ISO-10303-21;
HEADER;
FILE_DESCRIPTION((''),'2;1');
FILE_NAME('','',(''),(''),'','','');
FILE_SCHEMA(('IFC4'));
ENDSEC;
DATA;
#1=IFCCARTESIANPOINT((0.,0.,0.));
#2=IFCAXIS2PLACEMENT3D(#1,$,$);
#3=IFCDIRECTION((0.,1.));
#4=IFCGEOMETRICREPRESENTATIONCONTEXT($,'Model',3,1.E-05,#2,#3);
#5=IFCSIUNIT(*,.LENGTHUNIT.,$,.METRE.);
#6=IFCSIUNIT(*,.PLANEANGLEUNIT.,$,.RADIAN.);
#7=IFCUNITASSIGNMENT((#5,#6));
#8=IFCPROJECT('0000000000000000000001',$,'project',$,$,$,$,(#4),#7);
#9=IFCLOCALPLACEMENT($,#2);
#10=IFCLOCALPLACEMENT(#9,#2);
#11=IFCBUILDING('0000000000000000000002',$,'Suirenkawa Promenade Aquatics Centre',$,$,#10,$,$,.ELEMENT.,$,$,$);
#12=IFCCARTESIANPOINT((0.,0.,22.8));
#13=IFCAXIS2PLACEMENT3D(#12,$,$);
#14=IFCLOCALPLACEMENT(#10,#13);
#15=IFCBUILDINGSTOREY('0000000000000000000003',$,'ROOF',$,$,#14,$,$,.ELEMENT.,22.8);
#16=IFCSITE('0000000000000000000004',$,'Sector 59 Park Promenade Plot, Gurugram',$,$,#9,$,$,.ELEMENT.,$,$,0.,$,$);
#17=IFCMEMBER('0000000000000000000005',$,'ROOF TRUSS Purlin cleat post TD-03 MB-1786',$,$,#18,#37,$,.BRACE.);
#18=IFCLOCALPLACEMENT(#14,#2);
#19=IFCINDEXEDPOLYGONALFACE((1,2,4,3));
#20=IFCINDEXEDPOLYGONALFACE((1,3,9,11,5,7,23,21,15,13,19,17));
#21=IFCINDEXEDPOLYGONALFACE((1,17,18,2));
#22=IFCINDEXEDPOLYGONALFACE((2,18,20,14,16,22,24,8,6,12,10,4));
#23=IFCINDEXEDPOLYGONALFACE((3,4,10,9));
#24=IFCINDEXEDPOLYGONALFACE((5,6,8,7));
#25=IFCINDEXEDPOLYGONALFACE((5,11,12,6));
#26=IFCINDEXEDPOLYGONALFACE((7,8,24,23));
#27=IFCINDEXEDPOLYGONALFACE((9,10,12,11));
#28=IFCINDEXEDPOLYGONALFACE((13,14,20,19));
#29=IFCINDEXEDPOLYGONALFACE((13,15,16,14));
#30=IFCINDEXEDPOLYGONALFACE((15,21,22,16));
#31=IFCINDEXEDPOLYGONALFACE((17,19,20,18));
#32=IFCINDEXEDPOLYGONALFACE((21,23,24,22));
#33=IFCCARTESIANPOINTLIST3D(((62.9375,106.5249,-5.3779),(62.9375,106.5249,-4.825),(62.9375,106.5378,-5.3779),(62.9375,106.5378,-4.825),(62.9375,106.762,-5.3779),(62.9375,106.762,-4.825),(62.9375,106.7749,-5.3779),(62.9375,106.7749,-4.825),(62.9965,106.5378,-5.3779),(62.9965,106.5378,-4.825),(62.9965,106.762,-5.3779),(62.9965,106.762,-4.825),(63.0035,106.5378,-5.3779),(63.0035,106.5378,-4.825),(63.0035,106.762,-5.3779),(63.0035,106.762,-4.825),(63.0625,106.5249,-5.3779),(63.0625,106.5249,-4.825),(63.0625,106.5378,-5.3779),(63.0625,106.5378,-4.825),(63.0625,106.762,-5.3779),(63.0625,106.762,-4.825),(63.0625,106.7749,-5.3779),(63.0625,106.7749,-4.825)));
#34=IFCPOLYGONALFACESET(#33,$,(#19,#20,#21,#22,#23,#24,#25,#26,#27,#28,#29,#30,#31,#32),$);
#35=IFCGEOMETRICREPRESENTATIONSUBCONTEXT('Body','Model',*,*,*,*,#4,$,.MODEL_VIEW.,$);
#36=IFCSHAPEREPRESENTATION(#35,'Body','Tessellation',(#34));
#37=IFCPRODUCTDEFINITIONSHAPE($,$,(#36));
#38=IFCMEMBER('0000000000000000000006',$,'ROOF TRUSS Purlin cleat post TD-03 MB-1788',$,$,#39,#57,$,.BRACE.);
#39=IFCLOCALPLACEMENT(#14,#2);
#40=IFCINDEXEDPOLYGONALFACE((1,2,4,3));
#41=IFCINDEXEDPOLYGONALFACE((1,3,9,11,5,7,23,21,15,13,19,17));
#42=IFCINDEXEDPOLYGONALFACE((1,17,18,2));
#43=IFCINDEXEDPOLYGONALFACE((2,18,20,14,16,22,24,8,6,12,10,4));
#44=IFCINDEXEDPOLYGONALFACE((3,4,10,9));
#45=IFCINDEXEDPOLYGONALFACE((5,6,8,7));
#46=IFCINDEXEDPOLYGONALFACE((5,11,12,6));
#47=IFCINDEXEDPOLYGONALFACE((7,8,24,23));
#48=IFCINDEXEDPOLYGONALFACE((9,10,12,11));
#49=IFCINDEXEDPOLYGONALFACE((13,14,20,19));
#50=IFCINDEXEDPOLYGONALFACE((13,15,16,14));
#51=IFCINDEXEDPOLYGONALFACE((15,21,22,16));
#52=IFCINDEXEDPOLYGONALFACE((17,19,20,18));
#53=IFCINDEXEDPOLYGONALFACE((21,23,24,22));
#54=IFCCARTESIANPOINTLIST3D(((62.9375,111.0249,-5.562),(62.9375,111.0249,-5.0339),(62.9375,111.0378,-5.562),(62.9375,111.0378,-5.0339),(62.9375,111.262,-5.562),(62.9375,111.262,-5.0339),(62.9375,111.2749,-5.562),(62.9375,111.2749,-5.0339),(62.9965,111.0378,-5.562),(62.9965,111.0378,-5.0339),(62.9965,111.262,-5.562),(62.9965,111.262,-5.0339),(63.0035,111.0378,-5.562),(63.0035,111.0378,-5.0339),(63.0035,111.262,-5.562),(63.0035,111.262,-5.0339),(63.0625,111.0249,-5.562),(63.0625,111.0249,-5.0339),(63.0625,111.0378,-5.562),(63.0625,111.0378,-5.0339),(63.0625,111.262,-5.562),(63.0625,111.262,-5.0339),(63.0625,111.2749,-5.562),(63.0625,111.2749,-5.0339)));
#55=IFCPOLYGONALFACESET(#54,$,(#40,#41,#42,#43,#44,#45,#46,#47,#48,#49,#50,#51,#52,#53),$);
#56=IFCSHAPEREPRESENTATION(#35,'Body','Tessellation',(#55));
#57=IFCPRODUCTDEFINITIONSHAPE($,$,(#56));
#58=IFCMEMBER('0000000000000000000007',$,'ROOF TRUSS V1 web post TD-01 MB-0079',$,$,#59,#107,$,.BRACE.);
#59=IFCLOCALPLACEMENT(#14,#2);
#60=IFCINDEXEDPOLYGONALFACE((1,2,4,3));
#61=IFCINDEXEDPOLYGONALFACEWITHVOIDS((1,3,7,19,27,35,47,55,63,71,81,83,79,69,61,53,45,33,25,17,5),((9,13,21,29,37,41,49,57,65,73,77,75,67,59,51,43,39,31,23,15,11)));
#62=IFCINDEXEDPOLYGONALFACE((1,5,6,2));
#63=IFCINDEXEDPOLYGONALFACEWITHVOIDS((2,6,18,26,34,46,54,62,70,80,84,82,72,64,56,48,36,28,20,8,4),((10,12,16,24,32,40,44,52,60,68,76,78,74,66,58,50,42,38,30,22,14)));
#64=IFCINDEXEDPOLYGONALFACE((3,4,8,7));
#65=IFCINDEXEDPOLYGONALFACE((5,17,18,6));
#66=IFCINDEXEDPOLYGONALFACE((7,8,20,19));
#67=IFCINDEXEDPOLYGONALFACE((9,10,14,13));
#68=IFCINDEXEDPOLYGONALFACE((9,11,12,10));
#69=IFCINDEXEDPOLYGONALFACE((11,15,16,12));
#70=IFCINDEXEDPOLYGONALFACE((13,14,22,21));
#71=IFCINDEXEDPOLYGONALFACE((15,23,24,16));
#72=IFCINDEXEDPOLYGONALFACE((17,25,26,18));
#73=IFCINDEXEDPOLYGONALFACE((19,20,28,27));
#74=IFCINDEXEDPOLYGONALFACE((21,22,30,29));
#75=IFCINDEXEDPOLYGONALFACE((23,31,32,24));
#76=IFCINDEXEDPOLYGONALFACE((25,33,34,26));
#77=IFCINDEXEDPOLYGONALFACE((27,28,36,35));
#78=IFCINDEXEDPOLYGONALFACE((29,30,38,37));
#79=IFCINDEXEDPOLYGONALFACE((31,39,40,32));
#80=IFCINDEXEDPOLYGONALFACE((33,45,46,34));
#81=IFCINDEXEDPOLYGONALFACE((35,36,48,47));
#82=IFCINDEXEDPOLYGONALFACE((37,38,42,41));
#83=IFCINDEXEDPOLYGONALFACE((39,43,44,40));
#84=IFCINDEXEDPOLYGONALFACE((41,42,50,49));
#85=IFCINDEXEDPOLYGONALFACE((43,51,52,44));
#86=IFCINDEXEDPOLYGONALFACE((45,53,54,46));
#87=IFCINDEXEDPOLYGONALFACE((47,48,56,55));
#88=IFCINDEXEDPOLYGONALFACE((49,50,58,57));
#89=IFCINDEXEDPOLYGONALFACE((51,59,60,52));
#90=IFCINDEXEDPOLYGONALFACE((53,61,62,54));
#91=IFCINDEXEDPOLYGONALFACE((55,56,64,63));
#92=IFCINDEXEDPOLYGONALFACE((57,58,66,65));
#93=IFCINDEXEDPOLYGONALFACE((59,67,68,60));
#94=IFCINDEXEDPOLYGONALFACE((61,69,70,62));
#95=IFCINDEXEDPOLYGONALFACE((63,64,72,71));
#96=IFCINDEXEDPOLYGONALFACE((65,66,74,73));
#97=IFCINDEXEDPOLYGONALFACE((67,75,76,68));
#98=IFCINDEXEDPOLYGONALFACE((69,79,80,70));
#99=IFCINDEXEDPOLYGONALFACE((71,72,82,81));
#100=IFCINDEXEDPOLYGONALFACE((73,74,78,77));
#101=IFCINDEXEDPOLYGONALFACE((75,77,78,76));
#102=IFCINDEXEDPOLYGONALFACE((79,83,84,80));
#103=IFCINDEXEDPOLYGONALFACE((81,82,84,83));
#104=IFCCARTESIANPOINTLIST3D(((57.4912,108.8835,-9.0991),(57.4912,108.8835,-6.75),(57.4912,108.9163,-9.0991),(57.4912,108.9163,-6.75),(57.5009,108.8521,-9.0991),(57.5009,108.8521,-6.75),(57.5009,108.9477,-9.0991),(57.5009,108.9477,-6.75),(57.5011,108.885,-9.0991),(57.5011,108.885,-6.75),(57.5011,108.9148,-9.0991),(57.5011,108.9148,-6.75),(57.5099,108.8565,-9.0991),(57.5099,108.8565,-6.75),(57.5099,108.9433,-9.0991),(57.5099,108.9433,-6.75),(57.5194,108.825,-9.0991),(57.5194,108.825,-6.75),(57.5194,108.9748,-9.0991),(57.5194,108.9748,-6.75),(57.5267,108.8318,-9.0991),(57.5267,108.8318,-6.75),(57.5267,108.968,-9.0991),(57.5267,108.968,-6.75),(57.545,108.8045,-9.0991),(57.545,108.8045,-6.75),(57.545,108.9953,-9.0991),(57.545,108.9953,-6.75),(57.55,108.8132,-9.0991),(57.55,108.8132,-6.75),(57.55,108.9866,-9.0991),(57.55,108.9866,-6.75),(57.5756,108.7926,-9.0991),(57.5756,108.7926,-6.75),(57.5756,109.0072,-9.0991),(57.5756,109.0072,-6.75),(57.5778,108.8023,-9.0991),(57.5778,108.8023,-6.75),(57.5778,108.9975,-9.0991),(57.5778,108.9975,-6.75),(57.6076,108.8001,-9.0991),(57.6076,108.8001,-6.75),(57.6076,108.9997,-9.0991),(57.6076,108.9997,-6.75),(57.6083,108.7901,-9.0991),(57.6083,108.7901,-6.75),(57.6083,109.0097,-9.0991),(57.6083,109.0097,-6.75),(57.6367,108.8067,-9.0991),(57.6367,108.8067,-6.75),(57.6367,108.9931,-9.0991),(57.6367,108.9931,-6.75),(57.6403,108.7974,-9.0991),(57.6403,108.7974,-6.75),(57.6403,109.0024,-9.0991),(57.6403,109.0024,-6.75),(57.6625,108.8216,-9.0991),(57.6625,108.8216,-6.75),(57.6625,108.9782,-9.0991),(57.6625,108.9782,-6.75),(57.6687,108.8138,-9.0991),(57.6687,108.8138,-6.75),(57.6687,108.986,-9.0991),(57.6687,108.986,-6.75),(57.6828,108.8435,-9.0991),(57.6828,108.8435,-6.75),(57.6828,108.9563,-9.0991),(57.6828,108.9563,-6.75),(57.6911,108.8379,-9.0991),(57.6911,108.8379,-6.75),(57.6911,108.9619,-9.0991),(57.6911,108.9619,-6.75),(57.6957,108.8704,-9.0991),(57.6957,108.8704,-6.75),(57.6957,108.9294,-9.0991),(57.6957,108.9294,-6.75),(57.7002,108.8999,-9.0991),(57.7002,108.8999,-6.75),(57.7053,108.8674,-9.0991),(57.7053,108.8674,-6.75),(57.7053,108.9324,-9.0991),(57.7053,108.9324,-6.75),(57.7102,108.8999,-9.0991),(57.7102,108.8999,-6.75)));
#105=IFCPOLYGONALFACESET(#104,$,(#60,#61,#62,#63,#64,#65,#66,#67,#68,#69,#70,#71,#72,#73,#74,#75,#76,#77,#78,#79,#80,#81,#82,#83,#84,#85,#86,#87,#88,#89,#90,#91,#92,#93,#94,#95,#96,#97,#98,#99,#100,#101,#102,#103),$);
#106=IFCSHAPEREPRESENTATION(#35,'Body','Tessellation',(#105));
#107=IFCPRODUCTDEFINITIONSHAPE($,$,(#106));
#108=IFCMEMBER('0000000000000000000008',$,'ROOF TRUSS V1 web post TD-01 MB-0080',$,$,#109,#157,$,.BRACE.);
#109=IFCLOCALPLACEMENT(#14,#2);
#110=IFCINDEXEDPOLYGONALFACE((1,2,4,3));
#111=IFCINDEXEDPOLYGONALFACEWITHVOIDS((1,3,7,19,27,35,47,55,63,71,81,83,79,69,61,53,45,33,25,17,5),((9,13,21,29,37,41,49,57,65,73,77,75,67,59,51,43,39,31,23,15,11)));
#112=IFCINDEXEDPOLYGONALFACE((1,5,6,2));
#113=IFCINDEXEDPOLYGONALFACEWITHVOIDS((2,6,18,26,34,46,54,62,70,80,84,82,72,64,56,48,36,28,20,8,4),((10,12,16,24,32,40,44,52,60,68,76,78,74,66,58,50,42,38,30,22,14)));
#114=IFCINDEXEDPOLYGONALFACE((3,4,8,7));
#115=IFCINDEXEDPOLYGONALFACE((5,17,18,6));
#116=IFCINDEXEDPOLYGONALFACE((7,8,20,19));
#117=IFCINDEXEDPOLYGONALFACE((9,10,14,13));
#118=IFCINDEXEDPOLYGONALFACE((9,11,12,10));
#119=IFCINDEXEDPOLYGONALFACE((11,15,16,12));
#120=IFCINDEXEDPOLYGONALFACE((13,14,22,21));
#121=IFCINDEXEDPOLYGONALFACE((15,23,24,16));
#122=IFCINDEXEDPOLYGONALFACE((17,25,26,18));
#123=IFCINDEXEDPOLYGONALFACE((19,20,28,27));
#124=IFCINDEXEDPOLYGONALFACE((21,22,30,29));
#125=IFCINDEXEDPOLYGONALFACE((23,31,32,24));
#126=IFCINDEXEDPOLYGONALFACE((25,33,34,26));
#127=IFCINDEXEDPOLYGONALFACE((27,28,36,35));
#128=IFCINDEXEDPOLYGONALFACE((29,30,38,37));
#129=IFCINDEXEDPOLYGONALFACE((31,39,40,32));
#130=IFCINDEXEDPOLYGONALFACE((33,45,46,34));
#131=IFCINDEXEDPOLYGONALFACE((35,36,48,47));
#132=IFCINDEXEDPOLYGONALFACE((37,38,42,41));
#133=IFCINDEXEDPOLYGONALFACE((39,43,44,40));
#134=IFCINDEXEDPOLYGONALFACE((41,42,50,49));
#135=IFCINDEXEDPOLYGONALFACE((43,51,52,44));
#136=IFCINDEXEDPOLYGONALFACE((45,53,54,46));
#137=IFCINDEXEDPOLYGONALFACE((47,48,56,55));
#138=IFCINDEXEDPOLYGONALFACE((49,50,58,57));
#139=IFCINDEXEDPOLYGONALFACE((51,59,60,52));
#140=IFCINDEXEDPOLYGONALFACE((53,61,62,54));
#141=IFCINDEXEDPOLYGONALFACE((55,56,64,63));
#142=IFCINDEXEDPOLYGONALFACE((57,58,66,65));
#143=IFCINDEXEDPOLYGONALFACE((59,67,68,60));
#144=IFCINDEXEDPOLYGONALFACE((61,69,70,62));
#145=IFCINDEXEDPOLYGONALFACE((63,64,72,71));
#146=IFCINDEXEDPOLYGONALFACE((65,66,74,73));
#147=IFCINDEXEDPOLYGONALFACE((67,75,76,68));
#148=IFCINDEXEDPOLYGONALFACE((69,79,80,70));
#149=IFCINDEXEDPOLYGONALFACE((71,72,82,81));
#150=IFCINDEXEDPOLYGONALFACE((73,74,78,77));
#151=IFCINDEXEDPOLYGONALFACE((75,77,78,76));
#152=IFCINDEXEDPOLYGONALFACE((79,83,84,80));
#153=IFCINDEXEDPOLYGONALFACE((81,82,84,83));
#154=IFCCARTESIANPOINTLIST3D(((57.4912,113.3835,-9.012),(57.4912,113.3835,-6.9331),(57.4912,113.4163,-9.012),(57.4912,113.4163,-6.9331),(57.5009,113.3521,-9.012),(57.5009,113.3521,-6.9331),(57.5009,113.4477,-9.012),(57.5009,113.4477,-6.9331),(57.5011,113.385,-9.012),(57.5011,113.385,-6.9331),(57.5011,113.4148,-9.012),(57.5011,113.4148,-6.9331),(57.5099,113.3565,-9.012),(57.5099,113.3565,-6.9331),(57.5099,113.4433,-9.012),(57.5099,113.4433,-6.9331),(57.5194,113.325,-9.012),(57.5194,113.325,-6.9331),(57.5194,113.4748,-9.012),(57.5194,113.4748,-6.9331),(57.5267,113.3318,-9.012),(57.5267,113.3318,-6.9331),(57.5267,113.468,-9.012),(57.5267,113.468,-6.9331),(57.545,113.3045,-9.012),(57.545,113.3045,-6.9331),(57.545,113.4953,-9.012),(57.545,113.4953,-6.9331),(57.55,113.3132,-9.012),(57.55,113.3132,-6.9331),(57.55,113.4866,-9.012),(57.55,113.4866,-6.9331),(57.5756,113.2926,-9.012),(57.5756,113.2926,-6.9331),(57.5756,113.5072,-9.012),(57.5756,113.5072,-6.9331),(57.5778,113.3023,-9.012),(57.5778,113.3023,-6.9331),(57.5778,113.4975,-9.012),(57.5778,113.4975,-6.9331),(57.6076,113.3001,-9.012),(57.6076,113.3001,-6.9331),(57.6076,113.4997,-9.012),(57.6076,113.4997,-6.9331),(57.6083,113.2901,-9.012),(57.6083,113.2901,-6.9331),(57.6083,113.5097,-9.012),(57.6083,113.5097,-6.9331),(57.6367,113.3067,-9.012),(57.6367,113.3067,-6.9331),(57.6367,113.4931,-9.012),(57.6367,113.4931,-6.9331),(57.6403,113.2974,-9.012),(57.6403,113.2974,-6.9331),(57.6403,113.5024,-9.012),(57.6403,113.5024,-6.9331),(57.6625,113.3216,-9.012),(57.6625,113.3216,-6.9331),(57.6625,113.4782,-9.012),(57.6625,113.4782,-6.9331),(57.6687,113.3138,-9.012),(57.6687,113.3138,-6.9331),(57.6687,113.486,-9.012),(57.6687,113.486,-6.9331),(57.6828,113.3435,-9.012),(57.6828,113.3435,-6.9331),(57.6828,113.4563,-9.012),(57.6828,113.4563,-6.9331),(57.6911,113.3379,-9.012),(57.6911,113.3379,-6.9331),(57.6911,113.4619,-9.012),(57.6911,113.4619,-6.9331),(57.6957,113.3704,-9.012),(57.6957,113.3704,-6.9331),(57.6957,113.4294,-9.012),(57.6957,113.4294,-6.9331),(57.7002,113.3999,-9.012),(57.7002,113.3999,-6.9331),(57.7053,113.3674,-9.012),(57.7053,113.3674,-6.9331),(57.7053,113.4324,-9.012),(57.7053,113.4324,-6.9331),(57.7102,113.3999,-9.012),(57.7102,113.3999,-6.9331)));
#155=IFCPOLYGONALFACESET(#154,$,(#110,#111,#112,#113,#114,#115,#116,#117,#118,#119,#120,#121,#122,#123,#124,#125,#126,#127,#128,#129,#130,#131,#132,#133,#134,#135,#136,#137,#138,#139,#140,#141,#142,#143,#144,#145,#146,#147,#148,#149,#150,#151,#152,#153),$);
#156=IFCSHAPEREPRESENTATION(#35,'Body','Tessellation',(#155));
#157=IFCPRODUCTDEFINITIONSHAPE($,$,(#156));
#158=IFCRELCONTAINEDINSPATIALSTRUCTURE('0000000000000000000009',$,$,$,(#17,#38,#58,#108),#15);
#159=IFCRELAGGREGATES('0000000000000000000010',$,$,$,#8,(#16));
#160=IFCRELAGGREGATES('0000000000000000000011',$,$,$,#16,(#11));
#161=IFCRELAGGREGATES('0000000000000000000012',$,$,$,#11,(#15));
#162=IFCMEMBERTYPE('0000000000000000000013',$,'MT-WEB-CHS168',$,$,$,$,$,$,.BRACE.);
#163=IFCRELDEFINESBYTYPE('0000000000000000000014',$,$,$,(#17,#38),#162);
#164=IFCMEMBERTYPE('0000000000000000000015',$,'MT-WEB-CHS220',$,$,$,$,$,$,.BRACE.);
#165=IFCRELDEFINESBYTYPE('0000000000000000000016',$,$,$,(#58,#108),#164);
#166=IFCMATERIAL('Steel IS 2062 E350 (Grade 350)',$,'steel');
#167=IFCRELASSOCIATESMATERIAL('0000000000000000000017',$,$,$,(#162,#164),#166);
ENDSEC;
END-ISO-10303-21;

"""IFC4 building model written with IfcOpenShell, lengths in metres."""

from ifc_helpers import new_model, si_unit, direction, frame, origin, origin_2d, place, context, subcontext, project, spatial, hollow_circle, i_section, extrude, material, material_profile, profile_set, type_object, element, save


model = new_model("IFC4")

# Units and contexts
model_context = context("Model", 3, precision=1e-05, world=origin(), true_north=direction((0.0, 1.0)))
body_context = subcontext(model_context, "Body", "Model", "MODEL_VIEW")
ifc_project = project(units=[si_unit("LENGTHUNIT", "METRE"), si_unit("PLANEANGLEUNIT", "RADIAN")], contexts=[model_context])

# Site, building, storey
site_placement = place(None, origin())
site = spatial("IfcSite", under=ifc_project, at=site_placement, Name="Sector 59 Park Promenade Plot, Gurugram", CompositionType="ELEMENT", RefElevation=0.0)
building_placement = place(site_placement, origin())
building = spatial("IfcBuilding", under=site, at=building_placement, Name="Suirenkawa Promenade Aquatics Centre", CompositionType="ELEMENT")
storey_placement = place(building_placement, frame((0.0, 0.0, 22.8)))
storey = spatial("IfcBuildingStorey", under=building, at=storey_placement, Name="ROOF", CompositionType="ELEMENT", Elevation=22.8)

# Shared definitions
ifc_material = material(Name="Steel IS 2062 E350 (Grade 350)", Category="steel")

# Members
ifc_material_profile_1 = material_profile(ifc_material, i_section(OverallWidth=0.125, OverallDepth=0.25, WebThickness=0.0071, FlangeThickness=0.0129, at=origin_2d()), Name="ISMB 250", Category="steel")
ifc_profile_set_1 = profile_set([ifc_material_profile_1], Name="Steel IS 2062 E350 (Grade 350)")
member_type_1 = type_object("IfcMemberType", Name="MT-WEB-CHS168", PredefinedType="BRACE", material=ifc_profile_set_1)
member_1_placement = place(storey_placement, frame((63.0, 106.6499, -5.3779), z_axis=(0.0, 0.0, 1.0), x_axis=(1.0, 0.0, 0.0)))
element("IfcMember", 1, at=member_1_placement, inside=storey, type_object=member_type_1, Name="ROOF TRUSS Purlin cleat post TD-03 MB-1786", PredefinedType="BRACE", context=body_context, shape_type="SweptSolid", body=[
    extrude(i_section(OverallWidth=0.125, OverallDepth=0.25, WebThickness=0.0071, FlangeThickness=0.0129, at=origin_2d()), origin(), (0.0, 0.0, 1.0), 0.553),
])
member_2_placement = place(storey_placement, frame((63.0, 111.1499, -5.562), z_axis=(0.0, 0.0, 1.0), x_axis=(1.0, 0.0, 0.0)))
element("IfcMember", 2, at=member_2_placement, inside=storey, type_object=member_type_1, Name="ROOF TRUSS Purlin cleat post TD-03 MB-1788", PredefinedType="BRACE", context=body_context, shape_type="SweptSolid", body=[
    extrude(i_section(OverallWidth=0.125, OverallDepth=0.25, WebThickness=0.0071, FlangeThickness=0.0129, at=origin_2d()), origin(), (0.0, 0.0, 1.0), 0.5281),
])
ifc_material_profile_2 = material_profile(ifc_material, hollow_circle(Radius=0.1101, WallThickness=0.01, at=origin_2d()), Name="CHS 220x10", Category="steel")
ifc_profile_set_2 = profile_set([ifc_material_profile_2], Name="Steel IS 2062 E350 (Grade 350)")
member_type_2 = type_object("IfcMemberType", Name="MT-WEB-CHS220", PredefinedType="BRACE", material=ifc_profile_set_2)
member_3_placement = place(storey_placement, frame((57.6001, 108.8999, -9.0991), z_axis=(0.0, 0.0, 1.0), x_axis=(1.0, 0.0, 0.0)))
element("IfcMember", 3, at=member_3_placement, inside=storey, type_object=member_type_2, Name="ROOF TRUSS V1 web post TD-01 MB-0079", PredefinedType="BRACE", context=body_context, shape_type="SweptSolid", body=[
    extrude(hollow_circle(Radius=0.1101, WallThickness=0.01, at=origin_2d()), origin(), (0.0, 0.0, 1.0), 2.3491),
])
member_4_placement = place(storey_placement, frame((57.6001, 113.3999, -9.012), z_axis=(0.0, 0.0, 1.0), x_axis=(1.0, 0.0, 0.0)))
element("IfcMember", 4, at=member_4_placement, inside=storey, type_object=member_type_2, Name="ROOF TRUSS V1 web post TD-01 MB-0080", PredefinedType="BRACE", context=body_context, shape_type="SweptSolid", body=[
    extrude(hollow_circle(Radius=0.1101, WallThickness=0.01, at=origin_2d()), origin(), (0.0, 0.0, 1.0), 2.0789),
])

save(model, "model.ifc")
